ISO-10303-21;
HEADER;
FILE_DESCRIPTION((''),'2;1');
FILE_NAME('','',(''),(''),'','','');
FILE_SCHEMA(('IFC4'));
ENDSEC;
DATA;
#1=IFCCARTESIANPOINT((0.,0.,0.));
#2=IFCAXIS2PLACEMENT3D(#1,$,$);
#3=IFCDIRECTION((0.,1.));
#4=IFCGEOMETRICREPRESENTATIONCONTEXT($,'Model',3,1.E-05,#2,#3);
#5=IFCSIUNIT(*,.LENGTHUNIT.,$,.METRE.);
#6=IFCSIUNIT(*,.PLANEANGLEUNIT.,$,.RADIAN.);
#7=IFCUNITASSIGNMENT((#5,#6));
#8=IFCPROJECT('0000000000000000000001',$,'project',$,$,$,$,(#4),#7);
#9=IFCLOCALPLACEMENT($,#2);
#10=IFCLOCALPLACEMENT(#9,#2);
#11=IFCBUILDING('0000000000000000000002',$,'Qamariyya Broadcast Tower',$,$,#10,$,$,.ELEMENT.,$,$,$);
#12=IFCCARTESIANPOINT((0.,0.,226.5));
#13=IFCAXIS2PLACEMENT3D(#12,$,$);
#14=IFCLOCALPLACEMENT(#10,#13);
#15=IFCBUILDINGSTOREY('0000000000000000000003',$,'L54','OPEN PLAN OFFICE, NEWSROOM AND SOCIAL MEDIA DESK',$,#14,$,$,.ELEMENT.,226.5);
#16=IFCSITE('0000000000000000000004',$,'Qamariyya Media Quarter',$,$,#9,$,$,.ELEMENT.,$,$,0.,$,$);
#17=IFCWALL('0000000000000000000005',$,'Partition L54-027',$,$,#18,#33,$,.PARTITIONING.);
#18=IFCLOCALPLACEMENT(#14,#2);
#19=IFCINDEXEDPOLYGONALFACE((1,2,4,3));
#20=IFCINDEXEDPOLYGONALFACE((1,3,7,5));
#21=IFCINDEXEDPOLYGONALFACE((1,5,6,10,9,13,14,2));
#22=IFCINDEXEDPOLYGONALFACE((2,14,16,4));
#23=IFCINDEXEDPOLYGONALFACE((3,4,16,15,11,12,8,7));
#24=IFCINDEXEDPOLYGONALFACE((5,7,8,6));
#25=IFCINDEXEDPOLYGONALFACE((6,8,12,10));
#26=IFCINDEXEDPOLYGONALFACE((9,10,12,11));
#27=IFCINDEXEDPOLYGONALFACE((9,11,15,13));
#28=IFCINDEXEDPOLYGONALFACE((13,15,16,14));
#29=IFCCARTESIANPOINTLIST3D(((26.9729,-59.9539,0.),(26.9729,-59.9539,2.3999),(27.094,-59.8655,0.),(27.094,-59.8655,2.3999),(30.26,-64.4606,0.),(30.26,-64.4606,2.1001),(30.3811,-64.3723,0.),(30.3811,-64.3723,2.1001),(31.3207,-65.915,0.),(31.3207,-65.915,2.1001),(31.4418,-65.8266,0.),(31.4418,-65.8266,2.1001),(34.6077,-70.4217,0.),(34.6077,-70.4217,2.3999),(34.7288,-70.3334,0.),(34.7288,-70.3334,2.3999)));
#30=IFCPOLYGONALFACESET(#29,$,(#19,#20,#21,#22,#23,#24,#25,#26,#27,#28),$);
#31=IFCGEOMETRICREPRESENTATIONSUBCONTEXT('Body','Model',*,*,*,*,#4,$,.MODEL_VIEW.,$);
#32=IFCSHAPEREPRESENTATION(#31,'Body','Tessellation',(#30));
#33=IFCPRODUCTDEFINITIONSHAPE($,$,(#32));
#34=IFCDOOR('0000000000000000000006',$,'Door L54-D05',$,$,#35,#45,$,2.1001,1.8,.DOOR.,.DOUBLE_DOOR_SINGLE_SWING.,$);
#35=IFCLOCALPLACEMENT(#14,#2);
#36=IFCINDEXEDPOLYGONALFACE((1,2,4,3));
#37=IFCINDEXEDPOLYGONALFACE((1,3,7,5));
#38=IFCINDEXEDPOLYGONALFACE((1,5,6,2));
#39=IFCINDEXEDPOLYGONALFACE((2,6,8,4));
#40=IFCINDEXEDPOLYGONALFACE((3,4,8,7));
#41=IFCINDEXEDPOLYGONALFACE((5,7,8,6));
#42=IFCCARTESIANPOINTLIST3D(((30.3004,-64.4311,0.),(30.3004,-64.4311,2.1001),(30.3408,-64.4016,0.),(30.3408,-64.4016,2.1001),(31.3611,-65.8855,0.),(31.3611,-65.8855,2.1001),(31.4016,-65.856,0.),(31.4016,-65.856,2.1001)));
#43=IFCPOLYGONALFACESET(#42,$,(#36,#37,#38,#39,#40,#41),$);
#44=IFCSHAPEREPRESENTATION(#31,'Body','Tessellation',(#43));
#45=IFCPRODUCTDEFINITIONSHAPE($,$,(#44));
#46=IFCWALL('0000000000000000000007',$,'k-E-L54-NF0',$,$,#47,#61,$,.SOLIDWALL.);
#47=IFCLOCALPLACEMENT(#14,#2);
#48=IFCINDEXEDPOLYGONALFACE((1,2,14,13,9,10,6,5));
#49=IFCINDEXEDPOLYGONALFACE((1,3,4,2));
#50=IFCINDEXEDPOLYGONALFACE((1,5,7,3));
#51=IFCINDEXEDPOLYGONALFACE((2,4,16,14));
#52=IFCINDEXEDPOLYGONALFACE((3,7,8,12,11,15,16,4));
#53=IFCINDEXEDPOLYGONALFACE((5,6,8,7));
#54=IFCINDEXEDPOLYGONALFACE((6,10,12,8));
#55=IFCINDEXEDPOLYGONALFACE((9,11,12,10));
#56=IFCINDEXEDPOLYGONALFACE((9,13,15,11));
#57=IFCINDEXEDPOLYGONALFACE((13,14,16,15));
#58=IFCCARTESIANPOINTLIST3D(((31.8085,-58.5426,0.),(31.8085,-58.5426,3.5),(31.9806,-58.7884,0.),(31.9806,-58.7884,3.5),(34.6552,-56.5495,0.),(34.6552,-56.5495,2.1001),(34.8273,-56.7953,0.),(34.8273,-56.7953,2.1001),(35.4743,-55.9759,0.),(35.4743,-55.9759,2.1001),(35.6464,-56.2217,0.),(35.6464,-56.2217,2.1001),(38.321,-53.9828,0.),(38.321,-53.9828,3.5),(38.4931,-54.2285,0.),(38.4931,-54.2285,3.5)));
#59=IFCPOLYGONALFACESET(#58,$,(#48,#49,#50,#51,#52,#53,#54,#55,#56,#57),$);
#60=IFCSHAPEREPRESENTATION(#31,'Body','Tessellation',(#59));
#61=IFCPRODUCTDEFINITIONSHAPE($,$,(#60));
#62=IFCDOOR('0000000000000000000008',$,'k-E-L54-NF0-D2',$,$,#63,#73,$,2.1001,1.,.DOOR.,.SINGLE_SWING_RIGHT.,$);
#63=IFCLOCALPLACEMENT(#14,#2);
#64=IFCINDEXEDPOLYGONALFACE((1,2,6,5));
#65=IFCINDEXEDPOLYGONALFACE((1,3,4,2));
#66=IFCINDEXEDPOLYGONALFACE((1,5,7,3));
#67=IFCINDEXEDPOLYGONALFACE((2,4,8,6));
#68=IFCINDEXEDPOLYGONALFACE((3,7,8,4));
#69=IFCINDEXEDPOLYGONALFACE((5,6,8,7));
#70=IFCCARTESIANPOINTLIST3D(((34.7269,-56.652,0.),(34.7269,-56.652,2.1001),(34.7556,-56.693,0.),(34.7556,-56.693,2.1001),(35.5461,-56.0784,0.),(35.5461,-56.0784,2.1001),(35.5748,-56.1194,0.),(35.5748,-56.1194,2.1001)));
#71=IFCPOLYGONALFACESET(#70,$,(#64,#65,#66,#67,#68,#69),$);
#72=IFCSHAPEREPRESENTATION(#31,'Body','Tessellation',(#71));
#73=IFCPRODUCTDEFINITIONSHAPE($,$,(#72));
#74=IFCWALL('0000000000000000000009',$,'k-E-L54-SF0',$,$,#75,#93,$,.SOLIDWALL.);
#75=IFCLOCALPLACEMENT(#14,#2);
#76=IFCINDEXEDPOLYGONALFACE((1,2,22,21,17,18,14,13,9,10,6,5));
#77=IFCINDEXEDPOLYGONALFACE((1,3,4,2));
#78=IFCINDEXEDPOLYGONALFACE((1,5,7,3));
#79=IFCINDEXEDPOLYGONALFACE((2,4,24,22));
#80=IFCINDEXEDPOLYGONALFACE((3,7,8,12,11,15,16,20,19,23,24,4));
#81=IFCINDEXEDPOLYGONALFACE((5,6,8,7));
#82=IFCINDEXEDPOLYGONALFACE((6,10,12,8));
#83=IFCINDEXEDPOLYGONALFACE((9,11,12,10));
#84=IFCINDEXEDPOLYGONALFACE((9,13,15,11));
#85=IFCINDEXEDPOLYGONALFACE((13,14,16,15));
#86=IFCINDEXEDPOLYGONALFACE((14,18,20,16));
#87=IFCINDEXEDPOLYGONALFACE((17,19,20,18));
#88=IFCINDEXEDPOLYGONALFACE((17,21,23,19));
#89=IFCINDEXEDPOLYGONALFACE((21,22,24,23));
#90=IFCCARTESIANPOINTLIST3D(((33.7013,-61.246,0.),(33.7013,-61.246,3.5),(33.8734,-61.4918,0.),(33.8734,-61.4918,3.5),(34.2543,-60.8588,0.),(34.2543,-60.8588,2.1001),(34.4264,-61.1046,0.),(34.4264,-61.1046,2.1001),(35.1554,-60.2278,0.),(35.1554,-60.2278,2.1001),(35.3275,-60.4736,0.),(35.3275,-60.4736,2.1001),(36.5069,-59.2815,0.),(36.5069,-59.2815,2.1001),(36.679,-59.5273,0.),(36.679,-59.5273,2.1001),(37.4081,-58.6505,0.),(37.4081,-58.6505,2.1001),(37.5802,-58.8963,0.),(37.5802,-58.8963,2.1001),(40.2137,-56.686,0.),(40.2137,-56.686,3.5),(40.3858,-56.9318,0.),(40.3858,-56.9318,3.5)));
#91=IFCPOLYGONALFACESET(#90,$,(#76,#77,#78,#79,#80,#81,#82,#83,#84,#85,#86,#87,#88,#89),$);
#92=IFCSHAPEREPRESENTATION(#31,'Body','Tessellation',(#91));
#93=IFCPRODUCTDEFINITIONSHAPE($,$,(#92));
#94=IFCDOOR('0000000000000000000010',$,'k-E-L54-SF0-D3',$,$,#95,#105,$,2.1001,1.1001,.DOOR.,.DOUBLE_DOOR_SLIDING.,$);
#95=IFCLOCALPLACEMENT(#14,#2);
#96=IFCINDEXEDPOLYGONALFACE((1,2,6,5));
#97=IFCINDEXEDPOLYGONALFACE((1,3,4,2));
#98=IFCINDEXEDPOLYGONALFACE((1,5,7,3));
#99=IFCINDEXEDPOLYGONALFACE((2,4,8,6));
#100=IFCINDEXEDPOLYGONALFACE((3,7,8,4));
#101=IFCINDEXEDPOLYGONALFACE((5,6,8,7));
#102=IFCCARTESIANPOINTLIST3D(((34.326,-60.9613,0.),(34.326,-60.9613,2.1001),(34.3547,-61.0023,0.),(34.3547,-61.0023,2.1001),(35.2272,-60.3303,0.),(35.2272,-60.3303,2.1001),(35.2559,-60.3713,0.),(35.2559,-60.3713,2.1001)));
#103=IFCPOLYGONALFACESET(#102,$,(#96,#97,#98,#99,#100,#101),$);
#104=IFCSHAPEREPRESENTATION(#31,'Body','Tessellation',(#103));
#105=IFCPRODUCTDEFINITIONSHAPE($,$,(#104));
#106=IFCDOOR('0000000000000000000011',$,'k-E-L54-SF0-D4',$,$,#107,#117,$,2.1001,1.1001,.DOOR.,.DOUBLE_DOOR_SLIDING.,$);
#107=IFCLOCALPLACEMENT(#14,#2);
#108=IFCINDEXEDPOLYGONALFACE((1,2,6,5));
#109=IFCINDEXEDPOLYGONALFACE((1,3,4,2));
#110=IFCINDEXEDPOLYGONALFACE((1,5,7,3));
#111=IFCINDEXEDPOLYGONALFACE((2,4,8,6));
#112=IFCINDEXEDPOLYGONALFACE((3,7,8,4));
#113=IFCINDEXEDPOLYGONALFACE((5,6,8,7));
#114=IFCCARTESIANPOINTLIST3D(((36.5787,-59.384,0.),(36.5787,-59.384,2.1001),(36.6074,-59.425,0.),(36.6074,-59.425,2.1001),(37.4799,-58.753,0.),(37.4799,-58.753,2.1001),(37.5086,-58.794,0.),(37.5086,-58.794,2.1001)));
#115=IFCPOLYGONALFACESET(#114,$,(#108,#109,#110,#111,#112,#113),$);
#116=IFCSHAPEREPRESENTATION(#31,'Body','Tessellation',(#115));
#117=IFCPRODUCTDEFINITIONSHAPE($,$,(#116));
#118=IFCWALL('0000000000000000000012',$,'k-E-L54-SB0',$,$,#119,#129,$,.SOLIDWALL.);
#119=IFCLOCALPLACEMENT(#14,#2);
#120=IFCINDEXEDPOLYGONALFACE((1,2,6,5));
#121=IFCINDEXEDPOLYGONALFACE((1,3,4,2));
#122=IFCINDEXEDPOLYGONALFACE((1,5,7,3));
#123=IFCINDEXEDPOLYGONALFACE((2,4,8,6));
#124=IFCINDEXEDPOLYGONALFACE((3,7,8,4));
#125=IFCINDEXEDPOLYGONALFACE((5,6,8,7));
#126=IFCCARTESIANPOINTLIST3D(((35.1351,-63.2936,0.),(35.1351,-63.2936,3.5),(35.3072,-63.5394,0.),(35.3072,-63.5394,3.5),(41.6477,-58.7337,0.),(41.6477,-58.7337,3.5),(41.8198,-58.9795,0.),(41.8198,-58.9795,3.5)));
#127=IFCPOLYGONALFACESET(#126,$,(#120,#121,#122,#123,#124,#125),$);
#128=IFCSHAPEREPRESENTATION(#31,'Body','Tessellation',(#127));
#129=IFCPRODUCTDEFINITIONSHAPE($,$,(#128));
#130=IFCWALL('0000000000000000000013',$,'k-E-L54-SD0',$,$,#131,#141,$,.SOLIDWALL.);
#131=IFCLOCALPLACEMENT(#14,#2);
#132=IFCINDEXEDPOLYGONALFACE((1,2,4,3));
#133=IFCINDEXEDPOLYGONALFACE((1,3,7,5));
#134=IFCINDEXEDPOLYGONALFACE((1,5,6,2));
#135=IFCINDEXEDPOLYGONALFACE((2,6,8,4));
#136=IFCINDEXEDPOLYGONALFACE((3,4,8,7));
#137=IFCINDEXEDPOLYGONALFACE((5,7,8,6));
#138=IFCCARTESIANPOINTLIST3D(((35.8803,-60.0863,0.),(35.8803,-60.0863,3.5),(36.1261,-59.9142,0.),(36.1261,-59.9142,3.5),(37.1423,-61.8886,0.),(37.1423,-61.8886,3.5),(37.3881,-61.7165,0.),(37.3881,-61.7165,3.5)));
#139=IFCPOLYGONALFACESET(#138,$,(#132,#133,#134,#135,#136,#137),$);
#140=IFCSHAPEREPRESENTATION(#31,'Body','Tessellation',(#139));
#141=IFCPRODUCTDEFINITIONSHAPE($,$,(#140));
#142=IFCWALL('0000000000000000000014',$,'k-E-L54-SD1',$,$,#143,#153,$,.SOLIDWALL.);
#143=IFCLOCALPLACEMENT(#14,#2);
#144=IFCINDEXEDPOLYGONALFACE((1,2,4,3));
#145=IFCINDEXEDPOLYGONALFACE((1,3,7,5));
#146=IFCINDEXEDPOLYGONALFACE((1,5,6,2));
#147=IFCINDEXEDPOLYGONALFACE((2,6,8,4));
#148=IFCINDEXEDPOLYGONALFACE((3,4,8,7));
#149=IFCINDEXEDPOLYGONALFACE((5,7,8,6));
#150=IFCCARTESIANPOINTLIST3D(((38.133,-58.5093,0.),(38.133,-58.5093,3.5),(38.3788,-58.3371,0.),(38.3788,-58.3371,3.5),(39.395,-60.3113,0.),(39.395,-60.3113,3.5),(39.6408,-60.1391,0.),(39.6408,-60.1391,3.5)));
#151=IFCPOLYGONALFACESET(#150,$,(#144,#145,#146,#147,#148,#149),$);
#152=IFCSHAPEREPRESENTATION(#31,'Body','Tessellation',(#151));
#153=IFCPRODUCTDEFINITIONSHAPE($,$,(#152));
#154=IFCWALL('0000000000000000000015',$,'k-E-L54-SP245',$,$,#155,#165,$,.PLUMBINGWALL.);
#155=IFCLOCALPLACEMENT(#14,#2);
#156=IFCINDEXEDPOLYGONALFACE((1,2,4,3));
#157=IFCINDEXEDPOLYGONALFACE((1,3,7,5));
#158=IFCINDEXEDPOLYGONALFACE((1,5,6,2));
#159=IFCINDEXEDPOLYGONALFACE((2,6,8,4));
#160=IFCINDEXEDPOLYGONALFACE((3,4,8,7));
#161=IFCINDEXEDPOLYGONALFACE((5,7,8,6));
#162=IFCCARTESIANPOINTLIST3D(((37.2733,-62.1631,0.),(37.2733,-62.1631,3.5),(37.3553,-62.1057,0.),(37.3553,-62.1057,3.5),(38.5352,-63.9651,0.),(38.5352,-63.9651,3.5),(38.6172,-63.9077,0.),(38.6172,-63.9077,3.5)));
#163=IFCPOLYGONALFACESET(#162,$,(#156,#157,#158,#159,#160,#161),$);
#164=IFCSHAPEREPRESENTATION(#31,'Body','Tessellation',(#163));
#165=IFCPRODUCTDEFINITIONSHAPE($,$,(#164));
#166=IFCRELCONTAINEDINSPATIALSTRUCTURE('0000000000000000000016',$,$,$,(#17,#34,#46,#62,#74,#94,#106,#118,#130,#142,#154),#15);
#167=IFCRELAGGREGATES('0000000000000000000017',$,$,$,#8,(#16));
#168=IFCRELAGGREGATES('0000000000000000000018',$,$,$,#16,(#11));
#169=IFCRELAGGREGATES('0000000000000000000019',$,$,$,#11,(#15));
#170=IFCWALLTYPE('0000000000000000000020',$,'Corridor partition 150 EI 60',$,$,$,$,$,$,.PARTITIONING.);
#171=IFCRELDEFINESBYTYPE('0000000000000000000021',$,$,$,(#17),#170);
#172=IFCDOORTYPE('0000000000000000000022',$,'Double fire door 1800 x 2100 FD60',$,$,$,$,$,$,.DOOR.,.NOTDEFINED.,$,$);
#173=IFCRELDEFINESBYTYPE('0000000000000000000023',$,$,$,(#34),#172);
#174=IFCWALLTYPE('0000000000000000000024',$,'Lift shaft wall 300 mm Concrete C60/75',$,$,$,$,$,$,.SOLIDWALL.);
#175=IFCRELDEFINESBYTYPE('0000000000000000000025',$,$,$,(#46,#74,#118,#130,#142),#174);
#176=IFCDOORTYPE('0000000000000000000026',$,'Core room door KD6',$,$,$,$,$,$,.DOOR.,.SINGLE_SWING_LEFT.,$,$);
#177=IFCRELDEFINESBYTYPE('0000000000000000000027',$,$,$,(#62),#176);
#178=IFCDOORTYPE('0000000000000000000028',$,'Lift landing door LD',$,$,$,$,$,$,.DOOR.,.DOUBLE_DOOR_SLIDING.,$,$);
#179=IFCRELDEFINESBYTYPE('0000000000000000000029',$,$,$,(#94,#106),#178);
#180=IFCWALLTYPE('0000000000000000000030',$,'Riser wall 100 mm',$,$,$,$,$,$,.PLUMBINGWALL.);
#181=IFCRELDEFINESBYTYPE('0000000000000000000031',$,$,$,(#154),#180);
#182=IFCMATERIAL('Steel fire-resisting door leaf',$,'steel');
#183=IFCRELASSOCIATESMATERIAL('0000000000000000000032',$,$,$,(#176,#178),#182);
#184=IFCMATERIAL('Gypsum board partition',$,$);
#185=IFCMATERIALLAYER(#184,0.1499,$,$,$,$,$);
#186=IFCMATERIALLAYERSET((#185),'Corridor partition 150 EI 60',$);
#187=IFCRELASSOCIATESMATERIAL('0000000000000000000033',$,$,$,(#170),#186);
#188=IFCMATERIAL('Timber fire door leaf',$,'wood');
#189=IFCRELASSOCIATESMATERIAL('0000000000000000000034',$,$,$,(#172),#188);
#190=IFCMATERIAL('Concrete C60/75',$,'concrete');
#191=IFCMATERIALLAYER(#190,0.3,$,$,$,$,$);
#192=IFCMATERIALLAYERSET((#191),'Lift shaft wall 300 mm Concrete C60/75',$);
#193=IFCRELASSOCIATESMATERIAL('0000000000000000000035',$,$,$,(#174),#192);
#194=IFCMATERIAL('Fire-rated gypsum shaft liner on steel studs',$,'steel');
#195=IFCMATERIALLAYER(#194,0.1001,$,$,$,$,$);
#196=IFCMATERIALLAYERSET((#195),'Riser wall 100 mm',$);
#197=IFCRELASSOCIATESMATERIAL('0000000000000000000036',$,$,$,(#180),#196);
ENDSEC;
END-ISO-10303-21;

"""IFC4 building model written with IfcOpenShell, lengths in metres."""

from ifc_helpers import new_model, si_unit, direction, frame, frame_2d, origin, place, context, subcontext, project, spatial, rectangle, extrude, material, layer, layer_set, type_object, element, fill, save


model = new_model("IFC4")

# Units and contexts
model_context = context("Model", 3, precision=1e-05, world=origin(), true_north=direction((0.0, 1.0)))
body_context = subcontext(model_context, "Body", "Model", "MODEL_VIEW")
ifc_project = project(units=[si_unit("LENGTHUNIT", "METRE"), si_unit("PLANEANGLEUNIT", "RADIAN")], contexts=[model_context])

# Site, building, storey
site_placement = place(None, origin())
site = spatial("IfcSite", under=ifc_project, at=site_placement, Name="Qamariyya Media Quarter", CompositionType="ELEMENT", RefElevation=0.0)
building_placement = place(site_placement, origin())
building = spatial("IfcBuilding", under=site, at=building_placement, Name="Qamariyya Broadcast Tower", CompositionType="ELEMENT")
storey_placement = place(building_placement, frame((0.0, 0.0, 226.5)))
storey = spatial("IfcBuildingStorey", under=building, at=storey_placement, Name="L54", Description="OPEN PLAN OFFICE, NEWSROOM AND SOCIAL MEDIA DESK", CompositionType="ELEMENT", Elevation=226.5)

# Shared definitions
ifc_material_1 = material(Name="Concrete C60/75", Category="concrete")

# Shared definitions
ifc_material_2 = material(Name="Steel fire-resisting door leaf", Category="steel")

# Shared definitions
door_type_1 = type_object("IfcDoorType", Name="Core room door KD6", OperationType="SINGLE_SWING_LEFT", PredefinedType="DOOR", material=ifc_material_2)

# Walls, openings, doors
ifc_material_3 = material(Name="Gypsum board partition")
ifc_layer_1 = layer(ifc_material_3, 0.1499)
ifc_layer_set_1 = layer_set([ifc_layer_1], Name="Corridor partition 150 EI 60")
wall_type_1 = type_object("IfcWallType", Name="Corridor partition 150 EI 60", PredefinedType="PARTITIONING", material=ifc_layer_set_1)
wall_1_placement = place(storey_placement, frame((34.6682, -70.3774, 0.0), z_axis=(0.0, 0.0, 1.0), x_axis=(-0.589274, 0.807934, 0.0)))
wall_1 = element("IfcWall", 1, at=wall_1_placement, inside=storey, type_object=wall_type_1, Name="Partition L54-027", PredefinedType="PARTITIONING", context=body_context, shape_type="SweptSolid", body=[
    extrude(rectangle(XDim=12.9563, YDim=0.1499, at=frame_2d((6.478, 0.0))), origin(), (0.0, 0.0, 1.0), 2.3999),
])
opening_1_placement = place(wall_1_placement, frame((5.5781, 0.0, 0.0)))
opening_1 = element("IfcOpeningElement", 2, at=opening_1_placement, cuts=wall_1, PredefinedType="OPENING", context=body_context, shape_type="SweptSolid", body=[
    extrude(rectangle(XDim=1.8, YDim=2.1001, at=frame_2d((0.8999, 1.05))), frame((0.0, 0.085, 0.0), z_axis=(0.0, -1.0, 0.0), x_axis=(1.0, 0.0, 0.0)), (0.0, 0.0, 1.0), 0.1699),
])
ifc_material_4 = material(Name="Timber fire door leaf", Category="wood")
door_type_2 = type_object("IfcDoorType", Name="Double fire door 1800 x 2100 FD60", OperationType="NOTDEFINED", PredefinedType="DOOR", material=ifc_material_4)
door_1_placement = place(opening_1_placement, origin())
door_1 = element("IfcDoor", 3, at=door_1_placement, inside=storey, type_object=door_type_2, Name="Door L54-D05", OperationType="DOUBLE_DOOR_SINGLE_SWING", OverallHeight=2.1001, OverallWidth=1.8, PredefinedType="DOOR", context=body_context, shape_type="SweptSolid", body=[
    extrude(rectangle(XDim=1.8, YDim=2.1001, at=frame_2d((0.8999, 1.05))), frame((0.0, 0.0249, 0.0), z_axis=(0.0, -1.0, 0.0), x_axis=(1.0, 0.0, 0.0)), (0.0, 0.0, 1.0), 0.05),
])
fill(opening_1, door_1)
ifc_layer_2 = layer(ifc_material_1, 0.3)
ifc_layer_set_2 = layer_set([ifc_layer_2], Name="Lift shaft wall 300 mm Concrete C60/75")
wall_type_2 = type_object("IfcWallType", Name="Lift shaft wall 300 mm Concrete C60/75", PredefinedType="SOLIDWALL", material=ifc_layer_set_2)
wall_2_placement = place(storey_placement, frame((31.8945, -58.6655, 0.0), z_axis=(0.0, 0.0, 1.0), x_axis=(0.819167, 0.573555, 0.0)))
wall_2 = element("IfcWall", 4, at=wall_2_placement, inside=storey, type_object=wall_type_2, Name="k-E-L54-NF0", PredefinedType="SOLIDWALL", context=body_context, shape_type="SweptSolid", body=[
    extrude(rectangle(XDim=7.9502, YDim=0.3, at=frame_2d((3.9751, 0.0))), origin(), (0.0, 0.0, 1.0), 3.5),
])
opening_2_placement = place(wall_2_placement, frame((3.4751, 0.0, 0.0)))
opening_2 = element("IfcOpeningElement", 5, at=opening_2_placement, cuts=wall_2, PredefinedType="OPENING", context=body_context, shape_type="SweptSolid", body=[
    extrude(rectangle(XDim=1.0, YDim=2.1001, at=frame_2d((0.5, 1.05))), frame((0.0, 0.1599, 0.0), z_axis=(0.0, -1.0, 0.0), x_axis=(1.0, 0.0, 0.0)), (0.0, 0.0, 1.0), 0.3201),
])
door_2_placement = place(opening_2_placement, origin())
door_2 = element("IfcDoor", 6, at=door_2_placement, inside=storey, type_object=door_type_1, Name="k-E-L54-NF0-D2", OperationType="SINGLE_SWING_RIGHT", OverallHeight=2.1001, OverallWidth=1.0, PredefinedType="DOOR", context=body_context, shape_type="SweptSolid", body=[
    extrude(rectangle(XDim=1.0, YDim=2.1001, at=frame_2d((0.5, 1.05))), frame((0.0, 0.0249, 0.0), z_axis=(0.0, -1.0, 0.0), x_axis=(1.0, 0.0, 0.0)), (0.0, 0.0, 1.0), 0.05),
])
fill(opening_2, door_2)

# Wall, openings, doors
wall_3_placement = place(storey_placement, frame((33.7874, -61.3689, 0.0), z_axis=(0.0, 0.0, 1.0), x_axis=(0.819153, 0.573576, 0.0)))
wall_3 = element("IfcWall", 7, at=wall_3_placement, inside=storey, type_object=wall_type_2, Name="k-E-L54-SF0", PredefinedType="SOLIDWALL", context=body_context, shape_type="SweptSolid", body=[
    extrude(rectangle(XDim=7.9502, YDim=0.3, at=frame_2d((3.9751, 0.0))), origin(), (0.0, 0.0, 1.0), 3.5),
])
opening_3_placement = place(wall_3_placement, frame((0.675, 0.0, 0.0)))
opening_3 = element("IfcOpeningElement", 8, at=opening_3_placement, cuts=wall_3, PredefinedType="OPENING", context=body_context, shape_type="SweptSolid", body=[
    extrude(rectangle(XDim=1.1001, YDim=2.1001, at=frame_2d((0.55, 1.05))), frame((0.0, 0.1599, 0.0), z_axis=(0.0, -1.0, 0.0), x_axis=(1.0, 0.0, 0.0)), (0.0, 0.0, 1.0), 0.3201),
])
opening_4_placement = place(wall_3_placement, frame((3.425, 0.0, 0.0)))
opening_4 = element("IfcOpeningElement", 9, at=opening_4_placement, cuts=wall_3, PredefinedType="OPENING", context=body_context, shape_type="SweptSolid", body=[
    extrude(rectangle(XDim=1.1001, YDim=2.1001, at=frame_2d((0.55, 1.05))), frame((0.0, 0.1599, 0.0), z_axis=(0.0, -1.0, 0.0), x_axis=(1.0, 0.0, 0.0)), (0.0, 0.0, 1.0), 0.3201),
])
door_type_3 = type_object("IfcDoorType", Name="Lift landing door LD", OperationType="DOUBLE_DOOR_SLIDING", PredefinedType="DOOR", material=ifc_material_2)
door_3_placement = place(opening_3_placement, origin())
door_3 = element("IfcDoor", 10, at=door_3_placement, inside=storey, type_object=door_type_3, Name="k-E-L54-SF0-D3", OperationType="DOUBLE_DOOR_SLIDING", OverallHeight=2.1001, OverallWidth=1.1001, PredefinedType="DOOR", context=body_context, shape_type="SweptSolid", body=[
    extrude(rectangle(XDim=1.1001, YDim=2.1001, at=frame_2d((0.55, 1.05))), frame((0.0, 0.0249, 0.0), z_axis=(0.0, -1.0, 0.0), x_axis=(1.0, 0.0, 0.0)), (0.0, 0.0, 1.0), 0.05),
])
fill(opening_3, door_3)
door_4_placement = place(opening_4_placement, origin())
door_4 = element("IfcDoor", 11, at=door_4_placement, inside=storey, type_object=door_type_3, Name="k-E-L54-SF0-D4", OperationType="DOUBLE_DOOR_SLIDING", OverallHeight=2.1001, OverallWidth=1.1001, PredefinedType="DOOR", context=body_context, shape_type="SweptSolid", body=[
    extrude(rectangle(XDim=1.1001, YDim=2.1001, at=frame_2d((0.55, 1.05))), frame((0.0, 0.0249, 0.0), z_axis=(0.0, -1.0, 0.0), x_axis=(1.0, 0.0, 0.0)), (0.0, 0.0, 1.0), 0.05),
])
fill(opening_4, door_4)

# Walls
wall_4_placement = place(storey_placement, frame((35.2212, -63.4165, 0.0), z_axis=(0.0, 0.0, 1.0), x_axis=(0.819167, 0.573555, 0.0)))
element("IfcWall", 12, at=wall_4_placement, inside=storey, type_object=wall_type_2, Name="k-E-L54-SB0", PredefinedType="SOLIDWALL", context=body_context, shape_type="SweptSolid", body=[
    extrude(rectangle(XDim=7.9502, YDim=0.3, at=frame_2d((3.9751, 0.0))), origin(), (0.0, 0.0, 1.0), 3.5),
])
wall_5_placement = place(storey_placement, frame((36.0032, -60.0002, 0.0), z_axis=(0.0, 0.0, 1.0), x_axis=(0.573581, -0.819149, 0.0)))
element("IfcWall", 13, at=wall_5_placement, inside=storey, type_object=wall_type_2, Name="k-E-L54-SD0", PredefinedType="SOLIDWALL", context=body_context, shape_type="SweptSolid", body=[
    extrude(rectangle(XDim=2.2002, YDim=0.3, at=frame_2d((1.1001, 0.0))), origin(), (0.0, 0.0, 1.0), 3.5),
])
wall_6_placement = place(storey_placement, frame((38.2559, -58.4231, 0.0), z_axis=(0.0, 0.0, 1.0), x_axis=(0.573634, -0.819112, 0.0)))
element("IfcWall", 14, at=wall_6_placement, inside=storey, type_object=wall_type_2, Name="k-E-L54-SD1", PredefinedType="SOLIDWALL", context=body_context, shape_type="SweptSolid", body=[
    extrude(rectangle(XDim=2.2, YDim=0.3, at=frame_2d((1.1001, 0.0))), origin(), (0.0, 0.0, 1.0), 3.5),
])
ifc_material_5 = material(Name="Fire-rated gypsum shaft liner on steel studs", Category="steel")
ifc_layer_3 = layer(ifc_material_5, 0.1001)
ifc_layer_set_3 = layer_set([ifc_layer_3], Name="Riser wall 100 mm")
wall_type_3 = type_object("IfcWallType", Name="Riser wall 100 mm", PredefinedType="PLUMBINGWALL", material=ifc_layer_set_3)
wall_7_placement = place(storey_placement, frame((37.3142, -62.1343, 0.0), z_axis=(0.0, 0.0, 1.0), x_axis=(0.573634, -0.819112, 0.0)))
element("IfcWall", 15, at=wall_7_placement, inside=storey, type_object=wall_type_3, Name="k-E-L54-SP245", PredefinedType="PLUMBINGWALL", context=body_context, shape_type="SweptSolid", body=[
    extrude(rectangle(XDim=2.2, YDim=0.1001, at=frame_2d((1.1001, 0.0))), origin(), (0.0, 0.0, 1.0), 3.5),
])

save(model, "model.ifc")
